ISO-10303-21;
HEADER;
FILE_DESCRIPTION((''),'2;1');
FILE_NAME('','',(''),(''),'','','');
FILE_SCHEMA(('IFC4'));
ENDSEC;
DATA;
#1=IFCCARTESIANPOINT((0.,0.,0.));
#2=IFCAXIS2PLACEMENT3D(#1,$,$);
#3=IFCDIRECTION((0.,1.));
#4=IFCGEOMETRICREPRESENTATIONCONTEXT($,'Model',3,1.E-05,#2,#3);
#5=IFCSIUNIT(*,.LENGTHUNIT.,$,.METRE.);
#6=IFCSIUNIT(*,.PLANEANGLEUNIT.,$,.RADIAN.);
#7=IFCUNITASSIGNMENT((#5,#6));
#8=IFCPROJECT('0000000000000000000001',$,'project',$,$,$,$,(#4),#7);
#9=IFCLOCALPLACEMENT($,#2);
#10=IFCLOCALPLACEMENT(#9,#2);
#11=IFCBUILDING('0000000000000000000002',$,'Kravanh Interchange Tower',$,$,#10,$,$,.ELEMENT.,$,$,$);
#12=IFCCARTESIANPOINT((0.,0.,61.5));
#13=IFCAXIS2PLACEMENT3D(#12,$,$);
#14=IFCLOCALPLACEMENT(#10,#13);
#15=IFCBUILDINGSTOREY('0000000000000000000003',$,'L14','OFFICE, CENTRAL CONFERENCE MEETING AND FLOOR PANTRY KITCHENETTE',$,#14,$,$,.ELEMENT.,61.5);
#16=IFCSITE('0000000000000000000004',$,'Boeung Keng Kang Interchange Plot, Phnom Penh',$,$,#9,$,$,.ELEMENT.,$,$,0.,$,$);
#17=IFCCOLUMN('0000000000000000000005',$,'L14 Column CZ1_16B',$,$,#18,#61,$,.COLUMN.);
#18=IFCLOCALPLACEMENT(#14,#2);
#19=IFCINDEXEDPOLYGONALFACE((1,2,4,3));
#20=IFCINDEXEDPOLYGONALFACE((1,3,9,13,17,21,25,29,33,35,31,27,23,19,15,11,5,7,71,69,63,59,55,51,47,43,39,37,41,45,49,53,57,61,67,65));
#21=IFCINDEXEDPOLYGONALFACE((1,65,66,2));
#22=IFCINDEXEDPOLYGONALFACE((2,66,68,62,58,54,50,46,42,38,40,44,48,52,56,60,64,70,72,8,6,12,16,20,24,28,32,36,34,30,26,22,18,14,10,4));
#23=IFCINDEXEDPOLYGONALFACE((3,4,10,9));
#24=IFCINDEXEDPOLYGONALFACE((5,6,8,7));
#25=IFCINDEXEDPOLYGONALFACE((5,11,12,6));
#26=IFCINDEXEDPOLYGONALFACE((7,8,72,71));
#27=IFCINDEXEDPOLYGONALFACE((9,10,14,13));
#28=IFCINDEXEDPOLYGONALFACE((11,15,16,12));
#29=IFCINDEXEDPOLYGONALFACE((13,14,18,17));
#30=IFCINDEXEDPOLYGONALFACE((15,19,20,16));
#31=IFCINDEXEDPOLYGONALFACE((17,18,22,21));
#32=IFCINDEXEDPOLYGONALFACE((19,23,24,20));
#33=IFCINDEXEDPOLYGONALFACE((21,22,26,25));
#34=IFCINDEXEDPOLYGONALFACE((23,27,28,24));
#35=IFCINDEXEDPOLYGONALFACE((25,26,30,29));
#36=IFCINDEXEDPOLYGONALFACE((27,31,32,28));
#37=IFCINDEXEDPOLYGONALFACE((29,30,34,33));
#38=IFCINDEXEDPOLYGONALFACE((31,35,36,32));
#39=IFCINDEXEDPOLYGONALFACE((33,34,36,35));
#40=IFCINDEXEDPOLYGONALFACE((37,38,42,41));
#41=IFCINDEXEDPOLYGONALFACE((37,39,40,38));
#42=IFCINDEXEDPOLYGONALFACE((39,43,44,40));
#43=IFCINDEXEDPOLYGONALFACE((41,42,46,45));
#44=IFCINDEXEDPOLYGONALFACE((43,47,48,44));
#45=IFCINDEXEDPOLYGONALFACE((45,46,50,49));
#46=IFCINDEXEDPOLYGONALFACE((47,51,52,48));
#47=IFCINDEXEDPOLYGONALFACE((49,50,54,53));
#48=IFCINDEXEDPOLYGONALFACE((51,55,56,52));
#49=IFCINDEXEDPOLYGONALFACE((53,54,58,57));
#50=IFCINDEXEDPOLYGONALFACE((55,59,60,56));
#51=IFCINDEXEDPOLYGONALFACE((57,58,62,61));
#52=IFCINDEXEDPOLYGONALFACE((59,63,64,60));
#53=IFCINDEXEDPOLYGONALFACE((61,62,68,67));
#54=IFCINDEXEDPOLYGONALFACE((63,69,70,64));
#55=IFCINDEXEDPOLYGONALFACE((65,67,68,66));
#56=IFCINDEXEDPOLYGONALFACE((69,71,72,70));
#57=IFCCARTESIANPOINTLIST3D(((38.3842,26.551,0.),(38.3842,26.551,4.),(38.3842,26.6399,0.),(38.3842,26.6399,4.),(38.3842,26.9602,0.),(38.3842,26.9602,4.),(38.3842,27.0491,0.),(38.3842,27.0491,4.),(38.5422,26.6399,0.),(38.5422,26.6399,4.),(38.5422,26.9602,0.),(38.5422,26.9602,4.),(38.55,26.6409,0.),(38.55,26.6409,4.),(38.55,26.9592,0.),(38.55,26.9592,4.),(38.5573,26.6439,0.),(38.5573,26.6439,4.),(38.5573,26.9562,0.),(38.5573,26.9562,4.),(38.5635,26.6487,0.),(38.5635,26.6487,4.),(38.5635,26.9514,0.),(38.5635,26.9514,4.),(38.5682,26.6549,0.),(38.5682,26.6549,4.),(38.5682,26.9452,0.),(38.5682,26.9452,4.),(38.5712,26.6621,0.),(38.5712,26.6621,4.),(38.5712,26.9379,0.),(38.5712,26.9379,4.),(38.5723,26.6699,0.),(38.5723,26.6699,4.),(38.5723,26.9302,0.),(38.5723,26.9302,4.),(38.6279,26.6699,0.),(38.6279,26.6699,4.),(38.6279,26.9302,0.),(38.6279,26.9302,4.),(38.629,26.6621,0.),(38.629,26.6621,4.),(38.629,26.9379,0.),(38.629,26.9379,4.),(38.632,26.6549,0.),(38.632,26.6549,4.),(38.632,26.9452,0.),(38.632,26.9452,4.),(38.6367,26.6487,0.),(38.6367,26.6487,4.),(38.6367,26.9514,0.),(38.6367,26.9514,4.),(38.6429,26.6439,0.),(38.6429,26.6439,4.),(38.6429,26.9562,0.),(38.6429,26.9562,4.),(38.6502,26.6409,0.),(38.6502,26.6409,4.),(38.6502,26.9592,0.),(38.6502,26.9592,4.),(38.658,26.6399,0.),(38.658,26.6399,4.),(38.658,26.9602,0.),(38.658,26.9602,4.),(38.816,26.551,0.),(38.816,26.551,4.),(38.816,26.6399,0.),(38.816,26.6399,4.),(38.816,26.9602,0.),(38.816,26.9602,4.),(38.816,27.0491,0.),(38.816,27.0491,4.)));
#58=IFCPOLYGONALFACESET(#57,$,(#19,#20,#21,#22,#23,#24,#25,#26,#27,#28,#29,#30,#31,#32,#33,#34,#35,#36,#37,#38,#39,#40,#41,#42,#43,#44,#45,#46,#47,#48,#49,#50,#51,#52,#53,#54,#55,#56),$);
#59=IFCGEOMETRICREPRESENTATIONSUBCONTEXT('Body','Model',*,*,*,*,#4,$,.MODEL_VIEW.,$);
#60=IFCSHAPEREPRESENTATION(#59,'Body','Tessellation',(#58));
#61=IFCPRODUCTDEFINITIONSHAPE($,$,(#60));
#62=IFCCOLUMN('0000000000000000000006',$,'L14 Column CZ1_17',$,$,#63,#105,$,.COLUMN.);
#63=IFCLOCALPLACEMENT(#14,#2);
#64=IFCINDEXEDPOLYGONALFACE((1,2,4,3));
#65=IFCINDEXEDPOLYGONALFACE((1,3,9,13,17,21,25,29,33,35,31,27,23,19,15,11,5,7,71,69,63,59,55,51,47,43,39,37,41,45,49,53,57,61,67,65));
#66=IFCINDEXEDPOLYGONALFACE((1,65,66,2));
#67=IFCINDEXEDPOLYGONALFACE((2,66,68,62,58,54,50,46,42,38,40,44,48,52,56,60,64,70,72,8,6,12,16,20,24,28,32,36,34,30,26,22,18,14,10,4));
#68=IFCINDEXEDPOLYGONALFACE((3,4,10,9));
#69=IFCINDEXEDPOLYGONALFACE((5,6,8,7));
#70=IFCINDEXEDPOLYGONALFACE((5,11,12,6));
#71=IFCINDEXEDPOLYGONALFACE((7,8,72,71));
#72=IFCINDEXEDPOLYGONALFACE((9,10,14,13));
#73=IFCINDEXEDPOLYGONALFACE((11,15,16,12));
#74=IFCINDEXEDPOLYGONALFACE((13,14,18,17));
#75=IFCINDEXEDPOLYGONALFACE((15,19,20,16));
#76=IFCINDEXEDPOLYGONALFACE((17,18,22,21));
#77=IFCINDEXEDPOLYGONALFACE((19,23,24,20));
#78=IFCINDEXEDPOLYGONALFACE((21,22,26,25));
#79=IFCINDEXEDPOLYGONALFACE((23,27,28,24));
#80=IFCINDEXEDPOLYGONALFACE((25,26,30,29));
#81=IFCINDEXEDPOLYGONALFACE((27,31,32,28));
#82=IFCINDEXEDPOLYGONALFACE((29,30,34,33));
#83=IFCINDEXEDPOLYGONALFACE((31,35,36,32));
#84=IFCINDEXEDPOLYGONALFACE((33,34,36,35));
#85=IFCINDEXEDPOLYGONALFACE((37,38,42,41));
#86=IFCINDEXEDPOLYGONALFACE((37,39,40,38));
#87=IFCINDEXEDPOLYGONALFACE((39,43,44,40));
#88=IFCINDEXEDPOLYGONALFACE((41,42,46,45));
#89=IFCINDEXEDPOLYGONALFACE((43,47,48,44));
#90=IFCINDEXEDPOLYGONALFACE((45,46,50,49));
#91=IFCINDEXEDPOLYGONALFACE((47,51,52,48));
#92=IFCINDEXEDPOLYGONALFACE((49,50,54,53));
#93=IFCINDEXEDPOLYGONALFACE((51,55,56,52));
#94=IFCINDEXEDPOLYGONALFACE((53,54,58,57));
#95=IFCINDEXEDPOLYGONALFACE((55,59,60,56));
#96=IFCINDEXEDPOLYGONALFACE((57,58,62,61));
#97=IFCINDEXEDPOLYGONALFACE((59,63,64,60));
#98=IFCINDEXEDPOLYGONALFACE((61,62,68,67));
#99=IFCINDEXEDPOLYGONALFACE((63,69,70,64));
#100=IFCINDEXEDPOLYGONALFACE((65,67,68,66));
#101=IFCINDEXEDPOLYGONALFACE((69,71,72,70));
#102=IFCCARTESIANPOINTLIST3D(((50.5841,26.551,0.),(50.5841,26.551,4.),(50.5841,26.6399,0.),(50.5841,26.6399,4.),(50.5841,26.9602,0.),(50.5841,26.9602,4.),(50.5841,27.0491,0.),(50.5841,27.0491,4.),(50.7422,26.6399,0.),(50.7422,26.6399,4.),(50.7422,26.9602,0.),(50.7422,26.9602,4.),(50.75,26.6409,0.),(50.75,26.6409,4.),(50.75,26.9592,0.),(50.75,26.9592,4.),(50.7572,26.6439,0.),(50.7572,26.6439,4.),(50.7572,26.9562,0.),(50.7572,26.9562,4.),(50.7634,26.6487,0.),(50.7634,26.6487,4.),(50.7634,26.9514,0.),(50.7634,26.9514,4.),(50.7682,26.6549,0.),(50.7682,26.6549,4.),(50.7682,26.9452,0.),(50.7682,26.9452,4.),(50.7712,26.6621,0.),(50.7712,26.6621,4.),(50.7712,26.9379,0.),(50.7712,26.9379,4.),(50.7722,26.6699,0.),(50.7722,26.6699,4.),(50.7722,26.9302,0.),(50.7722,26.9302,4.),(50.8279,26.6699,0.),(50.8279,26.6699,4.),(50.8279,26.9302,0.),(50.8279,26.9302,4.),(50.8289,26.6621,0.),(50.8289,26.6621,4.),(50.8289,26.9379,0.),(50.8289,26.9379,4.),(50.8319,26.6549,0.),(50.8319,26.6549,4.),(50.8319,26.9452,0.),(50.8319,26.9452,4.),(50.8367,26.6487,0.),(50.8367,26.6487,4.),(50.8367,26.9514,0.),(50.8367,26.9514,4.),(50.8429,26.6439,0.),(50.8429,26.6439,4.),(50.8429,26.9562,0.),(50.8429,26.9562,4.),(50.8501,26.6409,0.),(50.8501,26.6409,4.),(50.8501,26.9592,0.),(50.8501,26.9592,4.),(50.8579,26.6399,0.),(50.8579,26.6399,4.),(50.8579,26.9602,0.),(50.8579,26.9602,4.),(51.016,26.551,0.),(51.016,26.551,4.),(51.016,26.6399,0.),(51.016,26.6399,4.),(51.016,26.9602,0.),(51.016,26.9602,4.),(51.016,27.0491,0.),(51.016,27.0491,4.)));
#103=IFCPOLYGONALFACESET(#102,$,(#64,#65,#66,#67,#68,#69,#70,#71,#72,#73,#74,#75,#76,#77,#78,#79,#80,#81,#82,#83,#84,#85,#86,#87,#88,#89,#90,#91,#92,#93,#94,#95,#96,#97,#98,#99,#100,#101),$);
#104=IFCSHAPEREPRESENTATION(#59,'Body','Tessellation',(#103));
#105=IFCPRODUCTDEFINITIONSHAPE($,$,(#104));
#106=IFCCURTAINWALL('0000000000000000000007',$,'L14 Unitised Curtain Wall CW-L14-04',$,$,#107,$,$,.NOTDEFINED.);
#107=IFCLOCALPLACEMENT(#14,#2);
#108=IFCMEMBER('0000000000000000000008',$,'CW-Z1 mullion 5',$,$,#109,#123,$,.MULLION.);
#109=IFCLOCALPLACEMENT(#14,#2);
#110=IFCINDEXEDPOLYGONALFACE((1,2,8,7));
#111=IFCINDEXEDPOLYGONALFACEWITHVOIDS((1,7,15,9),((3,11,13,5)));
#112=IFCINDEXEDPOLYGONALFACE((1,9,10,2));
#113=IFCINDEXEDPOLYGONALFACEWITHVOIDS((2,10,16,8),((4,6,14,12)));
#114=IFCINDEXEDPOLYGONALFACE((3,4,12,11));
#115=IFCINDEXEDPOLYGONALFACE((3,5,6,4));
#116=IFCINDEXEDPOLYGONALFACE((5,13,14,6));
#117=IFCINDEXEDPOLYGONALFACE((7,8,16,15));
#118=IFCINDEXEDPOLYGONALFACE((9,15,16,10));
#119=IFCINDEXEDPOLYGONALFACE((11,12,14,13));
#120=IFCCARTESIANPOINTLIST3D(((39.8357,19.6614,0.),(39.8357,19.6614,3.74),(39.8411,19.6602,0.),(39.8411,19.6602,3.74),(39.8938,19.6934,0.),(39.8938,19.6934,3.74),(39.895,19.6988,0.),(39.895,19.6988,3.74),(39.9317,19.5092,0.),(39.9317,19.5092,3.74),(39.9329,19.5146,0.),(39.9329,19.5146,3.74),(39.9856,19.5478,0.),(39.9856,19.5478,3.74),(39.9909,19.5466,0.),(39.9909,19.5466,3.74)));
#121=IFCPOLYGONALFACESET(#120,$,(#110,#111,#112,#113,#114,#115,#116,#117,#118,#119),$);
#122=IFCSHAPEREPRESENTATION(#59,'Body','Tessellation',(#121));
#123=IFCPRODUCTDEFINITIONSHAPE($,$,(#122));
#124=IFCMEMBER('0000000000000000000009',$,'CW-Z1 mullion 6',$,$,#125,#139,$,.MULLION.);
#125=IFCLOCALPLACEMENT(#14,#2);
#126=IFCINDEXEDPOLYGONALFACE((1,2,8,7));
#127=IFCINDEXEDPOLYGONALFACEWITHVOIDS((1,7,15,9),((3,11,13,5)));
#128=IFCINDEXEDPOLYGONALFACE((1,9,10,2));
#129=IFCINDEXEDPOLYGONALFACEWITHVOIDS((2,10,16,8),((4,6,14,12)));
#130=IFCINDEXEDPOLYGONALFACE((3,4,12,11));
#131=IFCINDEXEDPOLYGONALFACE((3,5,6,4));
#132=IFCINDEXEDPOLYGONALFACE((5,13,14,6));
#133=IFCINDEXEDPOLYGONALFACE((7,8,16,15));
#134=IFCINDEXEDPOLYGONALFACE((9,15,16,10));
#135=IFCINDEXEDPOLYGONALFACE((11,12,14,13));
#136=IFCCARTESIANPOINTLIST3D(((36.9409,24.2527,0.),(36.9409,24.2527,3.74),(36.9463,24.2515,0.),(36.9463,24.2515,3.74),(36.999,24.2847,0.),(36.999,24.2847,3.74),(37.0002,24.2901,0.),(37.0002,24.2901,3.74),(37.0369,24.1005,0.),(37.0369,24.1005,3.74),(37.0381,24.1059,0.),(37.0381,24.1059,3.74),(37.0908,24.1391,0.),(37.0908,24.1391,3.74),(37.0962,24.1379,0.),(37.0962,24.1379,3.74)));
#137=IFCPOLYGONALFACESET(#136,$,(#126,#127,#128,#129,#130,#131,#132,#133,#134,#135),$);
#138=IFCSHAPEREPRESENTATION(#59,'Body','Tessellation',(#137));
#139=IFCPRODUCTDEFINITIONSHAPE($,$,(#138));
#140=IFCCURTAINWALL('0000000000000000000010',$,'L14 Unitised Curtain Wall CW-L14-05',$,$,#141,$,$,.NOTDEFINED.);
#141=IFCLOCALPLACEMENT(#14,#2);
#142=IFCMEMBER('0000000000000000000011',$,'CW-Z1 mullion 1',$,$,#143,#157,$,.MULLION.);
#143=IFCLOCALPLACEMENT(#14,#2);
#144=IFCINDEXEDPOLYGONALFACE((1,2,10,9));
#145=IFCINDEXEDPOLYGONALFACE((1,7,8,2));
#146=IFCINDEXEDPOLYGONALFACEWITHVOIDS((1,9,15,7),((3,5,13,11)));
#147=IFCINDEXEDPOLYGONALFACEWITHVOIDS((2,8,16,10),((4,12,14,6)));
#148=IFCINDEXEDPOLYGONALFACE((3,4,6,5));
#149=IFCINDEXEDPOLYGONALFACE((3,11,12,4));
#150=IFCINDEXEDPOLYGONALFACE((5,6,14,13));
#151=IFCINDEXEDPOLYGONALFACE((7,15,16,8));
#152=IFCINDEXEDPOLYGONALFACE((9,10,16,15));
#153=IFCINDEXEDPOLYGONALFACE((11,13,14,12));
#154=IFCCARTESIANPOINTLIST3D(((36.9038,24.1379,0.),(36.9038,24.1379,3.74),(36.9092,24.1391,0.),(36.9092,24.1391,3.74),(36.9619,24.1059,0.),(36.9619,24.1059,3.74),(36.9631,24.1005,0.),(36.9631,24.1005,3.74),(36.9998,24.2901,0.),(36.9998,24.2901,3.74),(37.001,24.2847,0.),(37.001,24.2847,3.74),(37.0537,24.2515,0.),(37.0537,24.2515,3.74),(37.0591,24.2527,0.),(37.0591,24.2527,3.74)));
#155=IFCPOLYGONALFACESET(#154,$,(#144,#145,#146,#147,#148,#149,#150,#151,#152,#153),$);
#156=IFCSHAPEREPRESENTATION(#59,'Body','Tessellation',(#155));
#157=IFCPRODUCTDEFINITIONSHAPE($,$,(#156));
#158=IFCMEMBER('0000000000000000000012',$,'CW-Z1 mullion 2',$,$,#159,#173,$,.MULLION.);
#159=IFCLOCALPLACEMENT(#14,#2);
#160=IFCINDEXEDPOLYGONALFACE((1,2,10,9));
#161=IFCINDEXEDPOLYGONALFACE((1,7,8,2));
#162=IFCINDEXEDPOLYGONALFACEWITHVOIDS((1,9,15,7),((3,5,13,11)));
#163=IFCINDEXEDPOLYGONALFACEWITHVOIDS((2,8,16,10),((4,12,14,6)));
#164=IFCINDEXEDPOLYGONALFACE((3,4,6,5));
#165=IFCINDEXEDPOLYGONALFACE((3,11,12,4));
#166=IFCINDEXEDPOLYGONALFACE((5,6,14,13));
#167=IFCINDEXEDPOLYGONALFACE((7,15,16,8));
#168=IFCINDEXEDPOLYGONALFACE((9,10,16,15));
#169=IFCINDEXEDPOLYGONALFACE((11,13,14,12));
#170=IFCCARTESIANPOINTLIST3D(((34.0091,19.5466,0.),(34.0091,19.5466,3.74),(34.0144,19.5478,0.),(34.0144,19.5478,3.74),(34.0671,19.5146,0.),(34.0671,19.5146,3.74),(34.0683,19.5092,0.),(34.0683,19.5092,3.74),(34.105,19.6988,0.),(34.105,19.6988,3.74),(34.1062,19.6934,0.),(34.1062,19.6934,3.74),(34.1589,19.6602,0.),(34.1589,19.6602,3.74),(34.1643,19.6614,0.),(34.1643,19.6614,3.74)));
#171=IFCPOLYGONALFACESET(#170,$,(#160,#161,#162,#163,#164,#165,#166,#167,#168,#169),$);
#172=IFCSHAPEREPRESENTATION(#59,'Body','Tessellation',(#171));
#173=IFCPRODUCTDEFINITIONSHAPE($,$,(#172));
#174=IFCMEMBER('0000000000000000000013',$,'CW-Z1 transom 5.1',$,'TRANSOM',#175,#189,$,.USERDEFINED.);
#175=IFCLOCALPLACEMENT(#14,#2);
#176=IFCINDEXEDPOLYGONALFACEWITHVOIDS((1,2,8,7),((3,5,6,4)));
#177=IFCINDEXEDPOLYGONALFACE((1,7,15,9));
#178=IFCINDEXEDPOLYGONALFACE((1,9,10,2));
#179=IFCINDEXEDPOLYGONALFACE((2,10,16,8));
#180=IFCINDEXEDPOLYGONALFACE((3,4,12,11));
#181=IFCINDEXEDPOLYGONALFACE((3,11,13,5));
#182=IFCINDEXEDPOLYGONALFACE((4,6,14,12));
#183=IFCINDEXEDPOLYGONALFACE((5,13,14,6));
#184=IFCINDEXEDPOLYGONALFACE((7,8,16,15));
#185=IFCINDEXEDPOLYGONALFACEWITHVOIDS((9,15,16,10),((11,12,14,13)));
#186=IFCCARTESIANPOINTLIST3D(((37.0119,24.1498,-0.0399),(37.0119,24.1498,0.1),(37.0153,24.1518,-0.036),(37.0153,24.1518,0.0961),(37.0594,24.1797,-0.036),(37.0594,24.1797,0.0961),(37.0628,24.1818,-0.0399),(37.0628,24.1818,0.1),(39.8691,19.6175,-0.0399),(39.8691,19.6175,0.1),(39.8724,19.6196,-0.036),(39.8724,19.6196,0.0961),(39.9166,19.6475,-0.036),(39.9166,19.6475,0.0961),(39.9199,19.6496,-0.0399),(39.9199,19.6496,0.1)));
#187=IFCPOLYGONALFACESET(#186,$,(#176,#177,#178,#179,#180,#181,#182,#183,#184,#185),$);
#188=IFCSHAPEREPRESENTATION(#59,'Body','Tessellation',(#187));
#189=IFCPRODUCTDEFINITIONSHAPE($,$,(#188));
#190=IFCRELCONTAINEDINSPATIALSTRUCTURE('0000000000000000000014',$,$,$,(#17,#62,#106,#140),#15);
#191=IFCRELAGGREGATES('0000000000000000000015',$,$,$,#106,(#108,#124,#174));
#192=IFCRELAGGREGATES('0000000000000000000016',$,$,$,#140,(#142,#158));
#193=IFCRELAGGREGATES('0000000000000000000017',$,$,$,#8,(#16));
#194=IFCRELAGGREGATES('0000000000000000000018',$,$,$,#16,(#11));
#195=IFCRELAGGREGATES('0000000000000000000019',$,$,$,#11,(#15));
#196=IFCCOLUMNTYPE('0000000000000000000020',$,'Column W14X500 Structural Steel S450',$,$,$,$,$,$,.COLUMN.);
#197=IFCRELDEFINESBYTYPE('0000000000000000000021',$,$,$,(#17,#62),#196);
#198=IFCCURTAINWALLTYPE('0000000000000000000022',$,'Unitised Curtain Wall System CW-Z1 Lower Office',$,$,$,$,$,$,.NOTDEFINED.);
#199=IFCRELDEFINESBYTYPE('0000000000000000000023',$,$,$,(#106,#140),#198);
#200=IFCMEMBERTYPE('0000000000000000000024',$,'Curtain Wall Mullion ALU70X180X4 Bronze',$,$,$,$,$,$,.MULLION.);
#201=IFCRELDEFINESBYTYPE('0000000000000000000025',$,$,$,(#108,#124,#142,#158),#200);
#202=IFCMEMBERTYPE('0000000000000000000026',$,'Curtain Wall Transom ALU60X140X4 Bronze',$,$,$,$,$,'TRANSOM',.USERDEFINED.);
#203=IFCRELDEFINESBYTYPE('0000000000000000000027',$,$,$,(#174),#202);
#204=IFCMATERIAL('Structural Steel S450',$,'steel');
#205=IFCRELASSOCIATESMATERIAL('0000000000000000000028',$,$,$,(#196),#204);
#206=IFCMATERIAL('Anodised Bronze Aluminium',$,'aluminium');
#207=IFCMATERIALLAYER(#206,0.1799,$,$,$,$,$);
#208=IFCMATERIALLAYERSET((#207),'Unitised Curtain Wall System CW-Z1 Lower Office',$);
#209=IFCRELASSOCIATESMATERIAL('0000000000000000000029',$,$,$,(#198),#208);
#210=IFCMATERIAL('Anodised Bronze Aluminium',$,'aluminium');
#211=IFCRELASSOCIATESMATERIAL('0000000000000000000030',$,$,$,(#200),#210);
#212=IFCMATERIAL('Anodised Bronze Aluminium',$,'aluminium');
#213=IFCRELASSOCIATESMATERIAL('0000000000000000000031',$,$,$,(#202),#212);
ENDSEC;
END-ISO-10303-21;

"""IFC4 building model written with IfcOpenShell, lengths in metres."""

from ifc_helpers import new_model, si_unit, direction, frame, origin, origin_2d, place, context, subcontext, project, spatial, hollow_rectangle, i_section, extrude, material, layer, layer_set, material_profile, profile_set, type_object, element, aggregate, save


model = new_model("IFC4")

# Units and contexts
model_context = context("Model", 3, precision=1e-05, world=origin(), true_north=direction((0.0, 1.0)))
body_context = subcontext(model_context, "Body", "Model", "MODEL_VIEW")
ifc_project = project(units=[si_unit("LENGTHUNIT", "METRE"), si_unit("PLANEANGLEUNIT", "RADIAN")], contexts=[model_context])

# Site, building, storey
site_placement = place(None, origin())
site = spatial("IfcSite", under=ifc_project, at=site_placement, Name="Boeung Keng Kang Interchange Plot, Phnom Penh", CompositionType="ELEMENT", RefElevation=0.0)
building_placement = place(site_placement, origin())
building = spatial("IfcBuilding", under=site, at=building_placement, Name="Kravanh Interchange Tower", CompositionType="ELEMENT")
storey_placement = place(building_placement, frame((0.0, 0.0, 61.5)))
storey = spatial("IfcBuildingStorey", under=building, at=storey_placement, Name="L14", Description="OFFICE, CENTRAL CONFERENCE MEETING AND FLOOR PANTRY KITCHENETTE", CompositionType="ELEMENT", Elevation=61.5)

# Columns
ifc_material_1 = material(Name="Structural Steel S450", Category="steel")
ifc_material_profile_1 = material_profile(ifc_material_1, i_section(OverallWidth=0.4319, OverallDepth=0.498, WebThickness=0.0557, FlangeThickness=0.0889, FilletRadius=0.03, at=origin_2d()), Name="W14X500")
ifc_profile_set_1 = profile_set([ifc_material_profile_1], Name="Structural Steel S450")
column_type = type_object("IfcColumnType", Name="Column W14X500 Structural Steel S450", PredefinedType="COLUMN", material=ifc_profile_set_1)
for number, where, z_axis, x_axis, name in (
    (1, (38.6001, 26.8, 0.0), (0.0, 0.0, 1.0), (1.0, 0.0, 0.0), "L14 Column CZ1_16B"),
    (2, (50.8, 26.8, 0.0), (0.0, 0.0, 1.0), (1.0, 0.0, 0.0), "L14 Column CZ1_17"),
):
    element("IfcColumn", number, at=place(storey_placement, frame(where, z_axis=z_axis, x_axis=x_axis)), inside=storey, type_object=column_type, Name=name, PredefinedType="COLUMN", context=body_context, shape_type="SweptSolid", body=[
        extrude(i_section(OverallWidth=0.4319, OverallDepth=0.498, WebThickness=0.0557, FlangeThickness=0.0889, FilletRadius=0.03, at=origin_2d()), origin(), (0.0, 0.0, 1.0), 4.0),
    ])

# Curtain walls, members
ifc_material_2 = material(Name="Anodised Bronze Aluminium", Category="aluminium")
ifc_layer_1 = layer(ifc_material_2, 0.1799)
ifc_layer_set_1 = layer_set([ifc_layer_1], Name="Unitised Curtain Wall System CW-Z1 Lower Office")
curtain_wall_type = type_object("IfcCurtainWallType", Name="Unitised Curtain Wall System CW-Z1 Lower Office", PredefinedType="NOTDEFINED", material=ifc_layer_set_1)
curtain_wall_1_placement = place(storey_placement, origin())
curtain_wall_1 = element("IfcCurtainWall", 3, at=curtain_wall_1_placement, inside=storey, type_object=curtain_wall_type, Name="L14 Unitised Curtain Wall CW-L14-04", PredefinedType="NOTDEFINED")
ifc_material_3 = material(Name="Anodised Bronze Aluminium", Category="aluminium")
ifc_material_profile_2 = material_profile(ifc_material_3, hollow_rectangle(XDim=0.0701, YDim=0.1799, WallThickness=0.0039, at=origin_2d()), Name="ALU70X180X4")
ifc_profile_set_2 = profile_set([ifc_material_profile_2], Name="Anodised Bronze Aluminium")
member_type_1 = type_object("IfcMemberType", Name="Curtain Wall Mullion ALU70X180X4 Bronze", PredefinedType="MULLION", material=ifc_profile_set_2)
member_1_placement = place(storey_placement, frame((39.9133, 19.604, 0.0), z_axis=(0.0, 0.0, 1.0), x_axis=(-0.845926, -0.533301, 0.0)))
member_1 = element("IfcMember", 4, at=member_1_placement, type_object=member_type_1, Name="CW-Z1 mullion 5", PredefinedType="MULLION", context=body_context, shape_type="SweptSolid", body=[
    extrude(hollow_rectangle(XDim=0.0701, YDim=0.1799, WallThickness=0.0039, at=origin_2d()), origin(), (0.0, 0.0, 1.0), 3.74),
])
member_2_placement = place(storey_placement, frame((37.0186, 24.1953, 0.0), z_axis=(0.0, 0.0, 1.0), x_axis=(-0.845926, -0.533301, 0.0)))
member_2 = element("IfcMember", 5, at=member_2_placement, type_object=member_type_1, Name="CW-Z1 mullion 6", PredefinedType="MULLION", context=body_context, shape_type="SweptSolid", body=[
    extrude(hollow_rectangle(XDim=0.0701, YDim=0.1799, WallThickness=0.0039, at=origin_2d()), origin(), (0.0, 0.0, 1.0), 3.74),
])
curtain_wall_2_placement = place(storey_placement, origin())
curtain_wall_2 = element("IfcCurtainWall", 6, at=curtain_wall_2_placement, inside=storey, type_object=curtain_wall_type, Name="L14 Unitised Curtain Wall CW-L14-05", PredefinedType="NOTDEFINED")
member_3_placement = place(storey_placement, frame((36.9814, 24.1953, 0.0), z_axis=(0.0, 0.0, 1.0), x_axis=(0.845926, -0.533301, 0.0)))
member_3 = element("IfcMember", 7, at=member_3_placement, type_object=member_type_1, Name="CW-Z1 mullion 1", PredefinedType="MULLION", context=body_context, shape_type="SweptSolid", body=[
    extrude(hollow_rectangle(XDim=0.0701, YDim=0.1799, WallThickness=0.0039, at=origin_2d()), origin(), (0.0, 0.0, 1.0), 3.74),
])
member_4_placement = place(storey_placement, frame((34.0867, 19.604, 0.0), z_axis=(0.0, 0.0, 1.0), x_axis=(0.845926, -0.533301, 0.0)))
member_4 = element("IfcMember", 8, at=member_4_placement, type_object=member_type_1, Name="CW-Z1 mullion 2", PredefinedType="MULLION", context=body_context, shape_type="SweptSolid", body=[
    extrude(hollow_rectangle(XDim=0.0701, YDim=0.1799, WallThickness=0.0039, at=origin_2d()), origin(), (0.0, 0.0, 1.0), 3.74),
])

# Member
ifc_material_4 = material(Name="Anodised Bronze Aluminium", Category="aluminium")
ifc_material_profile_3 = material_profile(ifc_material_4, hollow_rectangle(XDim=0.0601, YDim=0.1399, WallThickness=0.0039, at=origin_2d()), Name="ALU60X140X4")
ifc_profile_set_3 = profile_set([ifc_material_profile_3], Name="Anodised Bronze Aluminium")
member_type_2 = type_object("IfcMemberType", Name="Curtain Wall Transom ALU60X140X4 Bronze", ElementType="TRANSOM", PredefinedType="USERDEFINED", material=ifc_profile_set_3)
member_5_placement = place(storey_placement, frame((39.8945, 19.6335, 0.03), z_axis=(-0.533288, 0.845934, 0.0), x_axis=(-0.845934, -0.533288, 0.0)))
member_5 = element("IfcMember", 9, at=member_5_placement, type_object=member_type_2, Name="CW-Z1 transom 5.1", ObjectType="TRANSOM", PredefinedType="USERDEFINED", context=body_context, shape_type="SweptSolid", body=[
    extrude(hollow_rectangle(XDim=0.0601, YDim=0.1399, WallThickness=0.0039, at=origin_2d()), origin(), (0.0, 0.0, 1.0), 5.3577),
])

aggregate(curtain_wall_1, [member_1, member_2, member_5])
aggregate(curtain_wall_2, [member_3, member_4])

save(model, "model.ifc")
